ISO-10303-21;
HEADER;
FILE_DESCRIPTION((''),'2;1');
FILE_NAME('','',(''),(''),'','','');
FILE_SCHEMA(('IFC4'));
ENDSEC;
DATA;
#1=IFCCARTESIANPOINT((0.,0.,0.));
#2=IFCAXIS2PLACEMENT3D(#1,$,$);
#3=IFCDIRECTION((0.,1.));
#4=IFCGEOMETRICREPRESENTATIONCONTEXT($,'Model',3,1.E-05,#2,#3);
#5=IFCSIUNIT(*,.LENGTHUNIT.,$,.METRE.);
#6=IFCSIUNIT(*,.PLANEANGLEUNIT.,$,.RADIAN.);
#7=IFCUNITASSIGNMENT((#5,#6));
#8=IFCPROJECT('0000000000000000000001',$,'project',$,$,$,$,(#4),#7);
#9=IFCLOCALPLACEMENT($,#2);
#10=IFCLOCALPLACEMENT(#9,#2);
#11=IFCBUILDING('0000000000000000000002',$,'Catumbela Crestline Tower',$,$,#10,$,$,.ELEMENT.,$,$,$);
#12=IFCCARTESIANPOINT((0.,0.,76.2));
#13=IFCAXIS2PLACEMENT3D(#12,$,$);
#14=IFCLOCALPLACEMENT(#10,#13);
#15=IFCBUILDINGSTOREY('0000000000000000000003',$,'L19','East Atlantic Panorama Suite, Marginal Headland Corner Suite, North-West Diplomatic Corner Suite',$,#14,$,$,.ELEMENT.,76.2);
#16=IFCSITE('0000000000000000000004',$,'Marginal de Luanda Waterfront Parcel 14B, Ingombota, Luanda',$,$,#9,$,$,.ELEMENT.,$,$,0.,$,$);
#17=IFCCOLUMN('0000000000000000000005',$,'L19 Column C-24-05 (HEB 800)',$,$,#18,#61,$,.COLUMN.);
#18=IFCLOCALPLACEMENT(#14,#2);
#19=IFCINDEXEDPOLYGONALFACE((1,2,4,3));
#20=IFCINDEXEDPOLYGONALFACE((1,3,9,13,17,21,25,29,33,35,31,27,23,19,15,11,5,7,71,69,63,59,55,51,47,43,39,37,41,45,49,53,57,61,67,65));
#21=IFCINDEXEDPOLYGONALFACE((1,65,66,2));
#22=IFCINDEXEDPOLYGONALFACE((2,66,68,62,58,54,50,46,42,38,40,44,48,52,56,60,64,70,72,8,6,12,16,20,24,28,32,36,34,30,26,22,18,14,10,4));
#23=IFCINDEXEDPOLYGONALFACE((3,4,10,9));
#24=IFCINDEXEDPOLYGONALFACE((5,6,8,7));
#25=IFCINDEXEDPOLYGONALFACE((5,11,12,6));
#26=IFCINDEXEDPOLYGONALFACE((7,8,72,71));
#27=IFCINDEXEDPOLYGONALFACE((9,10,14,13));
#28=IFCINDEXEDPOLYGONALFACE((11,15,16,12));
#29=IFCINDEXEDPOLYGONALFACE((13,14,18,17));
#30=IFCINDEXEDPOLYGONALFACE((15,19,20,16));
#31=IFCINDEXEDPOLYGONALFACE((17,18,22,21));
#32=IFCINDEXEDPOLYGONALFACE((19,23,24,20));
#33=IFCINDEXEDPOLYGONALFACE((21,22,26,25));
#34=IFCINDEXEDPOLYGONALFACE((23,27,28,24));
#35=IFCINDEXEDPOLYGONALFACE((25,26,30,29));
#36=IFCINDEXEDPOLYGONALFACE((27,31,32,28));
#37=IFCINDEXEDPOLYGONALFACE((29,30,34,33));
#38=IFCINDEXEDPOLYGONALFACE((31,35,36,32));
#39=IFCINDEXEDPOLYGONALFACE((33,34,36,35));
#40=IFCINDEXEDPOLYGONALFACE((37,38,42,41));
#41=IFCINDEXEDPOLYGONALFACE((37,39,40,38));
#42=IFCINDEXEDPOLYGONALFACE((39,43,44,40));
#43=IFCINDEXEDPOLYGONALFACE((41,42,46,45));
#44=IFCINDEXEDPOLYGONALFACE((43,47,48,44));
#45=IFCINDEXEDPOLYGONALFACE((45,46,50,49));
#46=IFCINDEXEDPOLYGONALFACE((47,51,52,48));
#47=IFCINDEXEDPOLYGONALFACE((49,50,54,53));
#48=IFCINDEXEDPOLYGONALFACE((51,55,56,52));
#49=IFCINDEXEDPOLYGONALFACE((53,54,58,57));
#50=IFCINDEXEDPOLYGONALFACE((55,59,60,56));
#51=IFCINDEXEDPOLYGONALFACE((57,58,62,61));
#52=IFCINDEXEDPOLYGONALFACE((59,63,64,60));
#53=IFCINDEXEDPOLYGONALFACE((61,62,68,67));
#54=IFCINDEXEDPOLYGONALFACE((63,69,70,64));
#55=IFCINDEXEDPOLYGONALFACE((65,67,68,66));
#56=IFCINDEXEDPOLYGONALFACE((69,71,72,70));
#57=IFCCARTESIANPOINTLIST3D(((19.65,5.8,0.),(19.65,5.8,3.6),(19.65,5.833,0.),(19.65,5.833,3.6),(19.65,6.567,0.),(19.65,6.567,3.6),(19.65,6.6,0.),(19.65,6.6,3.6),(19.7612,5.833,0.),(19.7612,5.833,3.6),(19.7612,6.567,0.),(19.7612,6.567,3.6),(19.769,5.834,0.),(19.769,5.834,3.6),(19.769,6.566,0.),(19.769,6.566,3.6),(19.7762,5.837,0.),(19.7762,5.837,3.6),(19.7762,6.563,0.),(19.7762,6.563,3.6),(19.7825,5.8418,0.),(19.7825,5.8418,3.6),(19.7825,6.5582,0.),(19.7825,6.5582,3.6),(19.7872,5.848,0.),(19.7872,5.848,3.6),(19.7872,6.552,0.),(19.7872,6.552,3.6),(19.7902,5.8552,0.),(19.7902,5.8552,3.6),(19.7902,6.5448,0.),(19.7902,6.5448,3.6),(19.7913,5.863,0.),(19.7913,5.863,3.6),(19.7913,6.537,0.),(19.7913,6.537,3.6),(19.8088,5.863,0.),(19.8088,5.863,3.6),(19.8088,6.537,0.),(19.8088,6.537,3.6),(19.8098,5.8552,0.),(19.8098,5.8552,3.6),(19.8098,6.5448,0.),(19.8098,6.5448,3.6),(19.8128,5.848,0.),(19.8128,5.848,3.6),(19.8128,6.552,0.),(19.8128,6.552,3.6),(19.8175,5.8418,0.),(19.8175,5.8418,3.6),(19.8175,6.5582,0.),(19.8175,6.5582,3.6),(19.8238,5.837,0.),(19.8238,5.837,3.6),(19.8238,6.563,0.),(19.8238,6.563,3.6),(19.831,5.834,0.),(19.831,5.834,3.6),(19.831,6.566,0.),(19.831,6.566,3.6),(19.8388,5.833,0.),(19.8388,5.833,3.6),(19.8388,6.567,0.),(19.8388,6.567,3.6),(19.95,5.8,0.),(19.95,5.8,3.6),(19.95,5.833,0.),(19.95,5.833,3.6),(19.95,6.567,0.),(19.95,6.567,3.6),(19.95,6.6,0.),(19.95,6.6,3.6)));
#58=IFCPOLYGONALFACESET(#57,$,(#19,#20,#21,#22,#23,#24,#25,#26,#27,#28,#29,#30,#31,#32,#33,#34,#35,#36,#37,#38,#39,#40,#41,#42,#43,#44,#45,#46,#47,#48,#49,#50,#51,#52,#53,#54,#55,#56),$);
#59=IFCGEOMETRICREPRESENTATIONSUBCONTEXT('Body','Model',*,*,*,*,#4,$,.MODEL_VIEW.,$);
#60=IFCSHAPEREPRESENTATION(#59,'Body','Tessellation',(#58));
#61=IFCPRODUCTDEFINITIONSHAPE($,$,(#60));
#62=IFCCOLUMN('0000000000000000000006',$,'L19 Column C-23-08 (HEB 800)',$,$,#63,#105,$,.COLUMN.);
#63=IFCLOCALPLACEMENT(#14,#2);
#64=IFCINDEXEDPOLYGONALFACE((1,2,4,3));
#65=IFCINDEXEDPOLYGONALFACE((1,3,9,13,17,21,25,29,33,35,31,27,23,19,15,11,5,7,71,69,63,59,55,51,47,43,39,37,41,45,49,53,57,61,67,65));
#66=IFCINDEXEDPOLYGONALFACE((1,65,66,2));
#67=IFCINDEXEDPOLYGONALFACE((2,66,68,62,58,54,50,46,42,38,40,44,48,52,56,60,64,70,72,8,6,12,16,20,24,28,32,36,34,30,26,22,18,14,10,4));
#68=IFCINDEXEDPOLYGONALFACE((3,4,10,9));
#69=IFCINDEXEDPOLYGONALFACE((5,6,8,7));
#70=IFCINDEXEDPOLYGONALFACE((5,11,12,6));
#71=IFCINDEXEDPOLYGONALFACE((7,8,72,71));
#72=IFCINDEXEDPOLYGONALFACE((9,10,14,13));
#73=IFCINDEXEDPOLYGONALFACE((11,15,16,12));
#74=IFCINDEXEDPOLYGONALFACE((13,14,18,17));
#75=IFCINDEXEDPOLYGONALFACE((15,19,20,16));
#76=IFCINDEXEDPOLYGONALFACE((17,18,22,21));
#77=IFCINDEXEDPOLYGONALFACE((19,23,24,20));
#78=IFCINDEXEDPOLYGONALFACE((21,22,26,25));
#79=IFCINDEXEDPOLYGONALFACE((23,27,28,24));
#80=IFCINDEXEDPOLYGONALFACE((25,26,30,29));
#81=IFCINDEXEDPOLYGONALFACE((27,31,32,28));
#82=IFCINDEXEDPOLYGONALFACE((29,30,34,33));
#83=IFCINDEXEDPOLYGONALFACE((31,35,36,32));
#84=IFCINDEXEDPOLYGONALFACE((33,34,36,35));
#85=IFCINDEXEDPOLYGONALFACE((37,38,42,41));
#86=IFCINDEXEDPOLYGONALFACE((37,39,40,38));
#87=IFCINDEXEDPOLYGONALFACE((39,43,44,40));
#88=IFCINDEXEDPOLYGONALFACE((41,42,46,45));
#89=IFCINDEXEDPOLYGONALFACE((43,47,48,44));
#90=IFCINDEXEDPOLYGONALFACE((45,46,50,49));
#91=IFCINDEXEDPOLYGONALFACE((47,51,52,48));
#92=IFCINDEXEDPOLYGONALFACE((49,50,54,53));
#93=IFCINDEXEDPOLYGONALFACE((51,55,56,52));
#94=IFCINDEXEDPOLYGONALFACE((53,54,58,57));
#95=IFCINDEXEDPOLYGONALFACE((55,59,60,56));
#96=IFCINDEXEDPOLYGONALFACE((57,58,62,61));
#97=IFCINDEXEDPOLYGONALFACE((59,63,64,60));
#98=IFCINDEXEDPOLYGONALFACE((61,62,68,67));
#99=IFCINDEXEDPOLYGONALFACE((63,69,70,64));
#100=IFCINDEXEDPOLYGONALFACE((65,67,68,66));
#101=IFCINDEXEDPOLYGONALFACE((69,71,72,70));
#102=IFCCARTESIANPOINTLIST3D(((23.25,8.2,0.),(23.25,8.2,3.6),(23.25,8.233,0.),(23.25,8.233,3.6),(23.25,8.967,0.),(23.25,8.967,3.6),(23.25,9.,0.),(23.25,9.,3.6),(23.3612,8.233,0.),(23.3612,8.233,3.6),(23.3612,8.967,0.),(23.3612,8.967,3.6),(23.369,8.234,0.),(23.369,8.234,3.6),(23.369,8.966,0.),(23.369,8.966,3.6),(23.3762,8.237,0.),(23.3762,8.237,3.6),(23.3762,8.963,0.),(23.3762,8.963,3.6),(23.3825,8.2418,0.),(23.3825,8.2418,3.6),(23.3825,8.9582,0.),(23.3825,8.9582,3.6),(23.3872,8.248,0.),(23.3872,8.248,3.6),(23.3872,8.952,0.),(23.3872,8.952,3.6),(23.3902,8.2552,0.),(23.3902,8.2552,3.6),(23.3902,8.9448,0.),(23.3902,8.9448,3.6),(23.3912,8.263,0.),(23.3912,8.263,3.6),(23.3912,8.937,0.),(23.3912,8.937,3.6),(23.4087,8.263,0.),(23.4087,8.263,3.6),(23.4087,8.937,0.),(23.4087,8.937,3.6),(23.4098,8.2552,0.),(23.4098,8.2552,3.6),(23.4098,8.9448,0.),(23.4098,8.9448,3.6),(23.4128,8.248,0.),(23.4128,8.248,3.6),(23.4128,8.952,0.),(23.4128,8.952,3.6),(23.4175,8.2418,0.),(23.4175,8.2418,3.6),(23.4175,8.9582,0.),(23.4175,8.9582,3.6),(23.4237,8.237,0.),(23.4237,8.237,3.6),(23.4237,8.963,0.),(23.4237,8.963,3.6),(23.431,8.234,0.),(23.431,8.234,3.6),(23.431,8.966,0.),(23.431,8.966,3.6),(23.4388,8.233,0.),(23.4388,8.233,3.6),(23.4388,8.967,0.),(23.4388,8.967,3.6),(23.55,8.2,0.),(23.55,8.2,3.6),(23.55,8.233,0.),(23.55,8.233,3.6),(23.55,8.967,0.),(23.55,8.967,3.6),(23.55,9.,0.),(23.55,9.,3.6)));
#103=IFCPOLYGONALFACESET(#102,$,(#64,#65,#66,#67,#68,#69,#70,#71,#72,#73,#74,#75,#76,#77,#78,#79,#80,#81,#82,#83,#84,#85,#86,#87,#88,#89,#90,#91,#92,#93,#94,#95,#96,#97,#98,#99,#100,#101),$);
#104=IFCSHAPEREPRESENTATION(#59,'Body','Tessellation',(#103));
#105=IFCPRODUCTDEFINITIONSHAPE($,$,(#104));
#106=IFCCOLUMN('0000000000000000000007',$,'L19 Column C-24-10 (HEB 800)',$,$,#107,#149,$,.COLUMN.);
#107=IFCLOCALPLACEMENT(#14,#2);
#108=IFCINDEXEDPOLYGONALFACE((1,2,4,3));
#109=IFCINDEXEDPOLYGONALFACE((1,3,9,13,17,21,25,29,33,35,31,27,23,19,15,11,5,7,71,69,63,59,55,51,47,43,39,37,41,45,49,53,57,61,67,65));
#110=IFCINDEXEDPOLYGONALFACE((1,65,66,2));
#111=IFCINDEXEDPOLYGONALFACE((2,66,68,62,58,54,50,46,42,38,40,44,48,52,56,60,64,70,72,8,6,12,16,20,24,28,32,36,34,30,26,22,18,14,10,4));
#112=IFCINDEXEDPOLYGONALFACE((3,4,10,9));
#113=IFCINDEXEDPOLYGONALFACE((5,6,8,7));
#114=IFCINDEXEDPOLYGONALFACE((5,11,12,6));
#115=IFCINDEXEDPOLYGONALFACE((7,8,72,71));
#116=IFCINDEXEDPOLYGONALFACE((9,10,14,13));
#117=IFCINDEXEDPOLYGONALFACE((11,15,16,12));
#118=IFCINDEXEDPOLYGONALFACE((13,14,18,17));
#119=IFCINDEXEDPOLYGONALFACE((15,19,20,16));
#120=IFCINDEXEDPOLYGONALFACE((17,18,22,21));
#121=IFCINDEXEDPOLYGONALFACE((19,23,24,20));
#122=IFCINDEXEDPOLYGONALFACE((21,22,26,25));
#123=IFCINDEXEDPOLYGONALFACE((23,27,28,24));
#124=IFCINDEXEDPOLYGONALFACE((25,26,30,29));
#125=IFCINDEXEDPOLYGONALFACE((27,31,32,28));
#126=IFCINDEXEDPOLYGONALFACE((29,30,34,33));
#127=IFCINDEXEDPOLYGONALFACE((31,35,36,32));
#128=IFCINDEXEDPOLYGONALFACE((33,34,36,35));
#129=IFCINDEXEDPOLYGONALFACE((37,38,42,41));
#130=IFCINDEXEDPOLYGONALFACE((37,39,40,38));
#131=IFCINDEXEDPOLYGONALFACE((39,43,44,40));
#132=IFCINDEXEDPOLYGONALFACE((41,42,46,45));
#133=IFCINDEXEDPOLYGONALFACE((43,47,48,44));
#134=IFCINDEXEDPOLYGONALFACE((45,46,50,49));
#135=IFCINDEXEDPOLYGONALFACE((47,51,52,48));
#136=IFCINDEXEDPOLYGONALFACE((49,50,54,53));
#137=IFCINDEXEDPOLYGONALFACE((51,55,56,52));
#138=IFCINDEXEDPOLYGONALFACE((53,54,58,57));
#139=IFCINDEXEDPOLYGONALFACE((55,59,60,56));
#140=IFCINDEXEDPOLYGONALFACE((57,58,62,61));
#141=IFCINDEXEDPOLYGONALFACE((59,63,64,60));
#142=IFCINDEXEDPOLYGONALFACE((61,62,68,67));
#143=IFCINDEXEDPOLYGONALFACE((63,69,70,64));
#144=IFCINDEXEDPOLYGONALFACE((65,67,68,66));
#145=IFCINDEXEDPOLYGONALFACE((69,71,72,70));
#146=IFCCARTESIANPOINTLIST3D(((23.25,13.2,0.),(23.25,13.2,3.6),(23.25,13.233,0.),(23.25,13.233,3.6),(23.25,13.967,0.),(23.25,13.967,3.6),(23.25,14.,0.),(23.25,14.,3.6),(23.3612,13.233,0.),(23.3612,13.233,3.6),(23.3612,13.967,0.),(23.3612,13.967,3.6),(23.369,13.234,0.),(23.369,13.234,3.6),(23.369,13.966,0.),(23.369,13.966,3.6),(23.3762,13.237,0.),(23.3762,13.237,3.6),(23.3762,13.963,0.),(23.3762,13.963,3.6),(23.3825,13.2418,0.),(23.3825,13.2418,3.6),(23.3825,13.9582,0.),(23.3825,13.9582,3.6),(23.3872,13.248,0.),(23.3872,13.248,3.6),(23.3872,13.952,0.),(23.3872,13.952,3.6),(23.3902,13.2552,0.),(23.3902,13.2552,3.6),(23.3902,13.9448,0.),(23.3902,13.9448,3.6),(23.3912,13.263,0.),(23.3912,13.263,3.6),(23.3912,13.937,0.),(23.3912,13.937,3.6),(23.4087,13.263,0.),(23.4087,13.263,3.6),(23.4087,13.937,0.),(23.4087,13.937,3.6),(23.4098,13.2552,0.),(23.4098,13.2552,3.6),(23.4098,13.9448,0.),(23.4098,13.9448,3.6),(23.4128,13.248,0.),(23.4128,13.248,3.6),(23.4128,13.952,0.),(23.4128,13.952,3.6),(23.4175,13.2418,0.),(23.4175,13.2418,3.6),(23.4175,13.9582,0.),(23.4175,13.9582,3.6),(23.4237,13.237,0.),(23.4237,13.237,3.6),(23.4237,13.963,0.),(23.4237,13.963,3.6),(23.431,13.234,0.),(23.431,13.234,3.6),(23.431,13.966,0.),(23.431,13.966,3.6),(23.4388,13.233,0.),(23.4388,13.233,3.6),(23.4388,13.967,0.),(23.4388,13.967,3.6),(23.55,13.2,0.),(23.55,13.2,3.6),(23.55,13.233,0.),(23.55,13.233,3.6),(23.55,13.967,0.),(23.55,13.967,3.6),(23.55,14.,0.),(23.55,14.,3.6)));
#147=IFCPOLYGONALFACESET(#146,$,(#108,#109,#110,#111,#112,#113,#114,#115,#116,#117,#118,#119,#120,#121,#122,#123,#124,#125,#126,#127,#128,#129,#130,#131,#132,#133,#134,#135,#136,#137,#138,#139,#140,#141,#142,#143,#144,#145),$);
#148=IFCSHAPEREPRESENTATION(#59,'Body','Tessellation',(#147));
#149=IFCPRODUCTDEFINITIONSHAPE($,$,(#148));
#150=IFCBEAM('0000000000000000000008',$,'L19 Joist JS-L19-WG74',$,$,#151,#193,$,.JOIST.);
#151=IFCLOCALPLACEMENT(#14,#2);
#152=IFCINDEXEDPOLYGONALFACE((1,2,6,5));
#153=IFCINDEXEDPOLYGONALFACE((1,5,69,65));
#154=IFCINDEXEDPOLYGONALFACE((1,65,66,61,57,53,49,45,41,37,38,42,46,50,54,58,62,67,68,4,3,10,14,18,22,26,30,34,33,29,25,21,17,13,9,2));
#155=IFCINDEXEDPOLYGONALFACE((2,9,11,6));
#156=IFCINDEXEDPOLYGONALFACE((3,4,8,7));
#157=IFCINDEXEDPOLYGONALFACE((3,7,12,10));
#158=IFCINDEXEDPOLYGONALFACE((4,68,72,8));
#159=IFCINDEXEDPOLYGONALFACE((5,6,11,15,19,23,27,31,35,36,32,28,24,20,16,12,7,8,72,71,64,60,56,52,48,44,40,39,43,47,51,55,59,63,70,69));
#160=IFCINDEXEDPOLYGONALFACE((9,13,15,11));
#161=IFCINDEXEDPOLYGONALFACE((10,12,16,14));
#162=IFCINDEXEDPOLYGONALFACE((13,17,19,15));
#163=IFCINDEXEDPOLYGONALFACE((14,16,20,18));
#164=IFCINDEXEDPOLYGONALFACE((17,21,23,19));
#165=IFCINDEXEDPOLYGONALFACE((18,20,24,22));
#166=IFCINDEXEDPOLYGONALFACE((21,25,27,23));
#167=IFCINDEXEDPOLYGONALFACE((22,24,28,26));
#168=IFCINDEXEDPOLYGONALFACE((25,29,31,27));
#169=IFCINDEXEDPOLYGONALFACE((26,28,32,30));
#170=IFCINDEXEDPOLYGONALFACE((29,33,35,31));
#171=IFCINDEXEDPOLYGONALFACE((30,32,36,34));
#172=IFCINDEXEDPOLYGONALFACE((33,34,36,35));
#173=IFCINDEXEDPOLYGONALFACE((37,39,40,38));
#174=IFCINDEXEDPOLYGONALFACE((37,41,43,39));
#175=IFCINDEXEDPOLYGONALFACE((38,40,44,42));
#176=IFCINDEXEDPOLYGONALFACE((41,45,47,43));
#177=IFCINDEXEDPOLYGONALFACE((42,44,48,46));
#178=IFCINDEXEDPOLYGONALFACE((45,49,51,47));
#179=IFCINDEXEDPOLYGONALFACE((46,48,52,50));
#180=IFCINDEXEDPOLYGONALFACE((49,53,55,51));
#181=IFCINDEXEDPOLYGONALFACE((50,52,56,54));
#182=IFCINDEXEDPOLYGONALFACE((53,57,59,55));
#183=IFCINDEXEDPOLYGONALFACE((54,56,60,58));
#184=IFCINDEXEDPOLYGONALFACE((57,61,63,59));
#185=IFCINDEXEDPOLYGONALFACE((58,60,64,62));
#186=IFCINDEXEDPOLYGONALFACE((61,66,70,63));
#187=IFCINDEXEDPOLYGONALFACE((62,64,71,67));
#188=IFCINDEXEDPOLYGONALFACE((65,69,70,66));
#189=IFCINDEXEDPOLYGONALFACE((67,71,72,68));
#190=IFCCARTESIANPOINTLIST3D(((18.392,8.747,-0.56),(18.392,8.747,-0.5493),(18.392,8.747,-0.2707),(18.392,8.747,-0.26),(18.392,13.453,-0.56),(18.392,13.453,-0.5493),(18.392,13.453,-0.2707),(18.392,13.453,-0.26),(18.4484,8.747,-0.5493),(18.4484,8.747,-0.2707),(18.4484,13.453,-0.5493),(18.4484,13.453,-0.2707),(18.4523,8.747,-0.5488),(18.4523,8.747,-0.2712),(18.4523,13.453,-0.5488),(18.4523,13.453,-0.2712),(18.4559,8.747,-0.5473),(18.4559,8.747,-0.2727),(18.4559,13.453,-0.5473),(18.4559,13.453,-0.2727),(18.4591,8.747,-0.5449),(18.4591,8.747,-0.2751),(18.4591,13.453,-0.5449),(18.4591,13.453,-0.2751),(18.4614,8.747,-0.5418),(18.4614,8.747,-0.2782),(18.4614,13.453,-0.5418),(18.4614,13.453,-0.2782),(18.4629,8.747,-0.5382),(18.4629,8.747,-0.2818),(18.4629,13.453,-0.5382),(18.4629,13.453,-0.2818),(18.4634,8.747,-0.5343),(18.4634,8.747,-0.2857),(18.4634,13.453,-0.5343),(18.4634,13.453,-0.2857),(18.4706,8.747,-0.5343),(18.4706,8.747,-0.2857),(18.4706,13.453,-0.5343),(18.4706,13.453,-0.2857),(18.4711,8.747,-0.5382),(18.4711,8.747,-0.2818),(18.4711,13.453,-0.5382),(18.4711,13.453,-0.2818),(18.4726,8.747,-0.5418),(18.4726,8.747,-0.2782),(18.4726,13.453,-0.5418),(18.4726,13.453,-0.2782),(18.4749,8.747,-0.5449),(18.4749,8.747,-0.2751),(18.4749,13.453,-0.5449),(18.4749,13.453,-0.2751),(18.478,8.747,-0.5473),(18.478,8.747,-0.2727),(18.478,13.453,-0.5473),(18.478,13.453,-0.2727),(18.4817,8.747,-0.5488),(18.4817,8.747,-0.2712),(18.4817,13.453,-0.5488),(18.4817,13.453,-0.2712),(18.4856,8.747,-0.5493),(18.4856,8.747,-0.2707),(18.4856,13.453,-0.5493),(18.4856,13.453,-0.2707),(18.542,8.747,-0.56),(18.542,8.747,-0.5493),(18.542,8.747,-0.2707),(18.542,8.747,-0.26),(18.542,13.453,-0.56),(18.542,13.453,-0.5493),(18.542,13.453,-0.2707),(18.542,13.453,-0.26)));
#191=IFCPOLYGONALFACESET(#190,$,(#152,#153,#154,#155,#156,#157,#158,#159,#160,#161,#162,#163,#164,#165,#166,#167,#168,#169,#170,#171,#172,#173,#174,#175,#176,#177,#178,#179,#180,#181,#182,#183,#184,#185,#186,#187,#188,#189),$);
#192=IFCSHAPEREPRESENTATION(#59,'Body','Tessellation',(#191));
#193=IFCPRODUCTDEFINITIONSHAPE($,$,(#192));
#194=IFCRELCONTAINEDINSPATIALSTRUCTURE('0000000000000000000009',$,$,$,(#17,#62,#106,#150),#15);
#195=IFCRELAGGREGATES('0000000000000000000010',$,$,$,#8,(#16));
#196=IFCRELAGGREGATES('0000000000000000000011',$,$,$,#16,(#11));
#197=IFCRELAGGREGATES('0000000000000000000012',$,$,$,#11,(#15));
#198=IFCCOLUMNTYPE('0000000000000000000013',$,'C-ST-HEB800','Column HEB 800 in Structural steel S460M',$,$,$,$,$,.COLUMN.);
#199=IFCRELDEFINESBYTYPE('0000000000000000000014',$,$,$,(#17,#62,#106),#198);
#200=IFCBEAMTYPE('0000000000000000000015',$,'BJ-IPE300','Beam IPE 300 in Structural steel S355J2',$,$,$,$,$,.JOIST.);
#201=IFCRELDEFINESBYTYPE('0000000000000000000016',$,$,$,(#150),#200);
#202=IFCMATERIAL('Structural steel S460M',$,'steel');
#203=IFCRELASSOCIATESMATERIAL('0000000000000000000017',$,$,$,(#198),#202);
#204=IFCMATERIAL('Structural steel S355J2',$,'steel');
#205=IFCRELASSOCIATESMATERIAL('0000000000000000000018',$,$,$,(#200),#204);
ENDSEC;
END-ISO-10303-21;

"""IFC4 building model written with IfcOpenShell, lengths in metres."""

from ifc_helpers import new_model, si_unit, direction, frame, origin, origin_2d, place, context, subcontext, project, spatial, i_section, extrude, material, material_profile, profile_set, type_object, element, save


model = new_model("IFC4")

# Units and contexts
model_context = context("Model", 3, precision=1e-05, world=origin(), true_north=direction((0.0, 1.0)))
body_context = subcontext(model_context, "Body", "Model", "MODEL_VIEW")
ifc_project = project(units=[si_unit("LENGTHUNIT", "METRE"), si_unit("PLANEANGLEUNIT", "RADIAN")], contexts=[model_context])

# Site, building, storey
site_placement = place(None, origin())
site = spatial("IfcSite", under=ifc_project, at=site_placement, Name="Marginal de Luanda Waterfront Parcel 14B, Ingombota, Luanda", CompositionType="ELEMENT", RefElevation=0.0)
building_placement = place(site_placement, origin())
building = spatial("IfcBuilding", under=site, at=building_placement, Name="Catumbela Crestline Tower", CompositionType="ELEMENT")
storey_placement = place(building_placement, frame((0.0, 0.0, 76.2)))
storey = spatial("IfcBuildingStorey", under=building, at=storey_placement, Name="L19", Description="East Atlantic Panorama Suite, Marginal Headland Corner Suite, North-West Diplomatic Corner Suite", CompositionType="ELEMENT", Elevation=76.2)

# Columns
ifc_material_1 = material(Name="Structural steel S460M", Category="steel")
ifc_material_profile_1 = material_profile(ifc_material_1, i_section(OverallWidth=0.3, OverallDepth=0.8, WebThickness=0.0175, FlangeThickness=0.033, FilletRadius=0.03, at=origin_2d()), Name="HEB 800")
ifc_profile_set_1 = profile_set([ifc_material_profile_1], Name="Structural steel S460M")
column_type = type_object("IfcColumnType", Name="C-ST-HEB800", Description="Column HEB 800 in Structural steel S460M", PredefinedType="COLUMN", material=ifc_profile_set_1)
for number, where, z_axis, x_axis, name in (
    (1, (19.8, 6.2, 0.0), (0.0, 0.0, 1.0), (1.0, 0.0, 0.0), "L19 Column C-24-05 (HEB 800)"),
    (2, (23.4, 8.6, 0.0), (0.0, 0.0, 1.0), (1.0, 0.0, 0.0), "L19 Column C-23-08 (HEB 800)"),
    (3, (23.4, 13.6, 0.0), (0.0, 0.0, 1.0), (1.0, 0.0, 0.0), "L19 Column C-24-10 (HEB 800)"),
):
    element("IfcColumn", number, at=place(storey_placement, frame(where, z_axis=z_axis, x_axis=x_axis)), inside=storey, type_object=column_type, Name=name, PredefinedType="COLUMN", context=body_context, shape_type="SweptSolid", body=[
        extrude(i_section(OverallWidth=0.3, OverallDepth=0.8, WebThickness=0.0175, FlangeThickness=0.033, FilletRadius=0.03, at=origin_2d()), origin(), (0.0, 0.0, 1.0), 3.6),
    ])

# Beam
ifc_material_2 = material(Name="Structural steel S355J2", Category="steel")
ifc_material_profile_2 = material_profile(ifc_material_2, i_section(OverallWidth=0.15, OverallDepth=0.3, WebThickness=0.0071, FlangeThickness=0.0107, FilletRadius=0.015, at=origin_2d()), Name="IPE 300")
ifc_profile_set_2 = profile_set([ifc_material_profile_2], Name="Structural steel S355J2")
beam_type_1 = type_object("IfcBeamType", Name="BJ-IPE300", Description="Beam IPE 300 in Structural steel S355J2", PredefinedType="JOIST", material=ifc_profile_set_2)
for number, where, z_axis, x_axis, name in (
    (4, (18.467, 8.747, -0.41), (0.0, 1.0, 0.0), (-1.0, 0.0, 0.0), "L19 Joist JS-L19-WG74"),
):
    element("IfcBeam", number, at=place(storey_placement, frame(where, z_axis=z_axis, x_axis=x_axis)), inside=storey, type_object=beam_type_1, Name=name, PredefinedType="JOIST", context=body_context, shape_type="SweptSolid", body=[
        extrude(i_section(OverallWidth=0.15, OverallDepth=0.3, WebThickness=0.0071, FlangeThickness=0.0107, FilletRadius=0.015, at=origin_2d()), origin(), (0.0, 0.0, 1.0), 4.706),
    ])

save(model, "model.ifc")
